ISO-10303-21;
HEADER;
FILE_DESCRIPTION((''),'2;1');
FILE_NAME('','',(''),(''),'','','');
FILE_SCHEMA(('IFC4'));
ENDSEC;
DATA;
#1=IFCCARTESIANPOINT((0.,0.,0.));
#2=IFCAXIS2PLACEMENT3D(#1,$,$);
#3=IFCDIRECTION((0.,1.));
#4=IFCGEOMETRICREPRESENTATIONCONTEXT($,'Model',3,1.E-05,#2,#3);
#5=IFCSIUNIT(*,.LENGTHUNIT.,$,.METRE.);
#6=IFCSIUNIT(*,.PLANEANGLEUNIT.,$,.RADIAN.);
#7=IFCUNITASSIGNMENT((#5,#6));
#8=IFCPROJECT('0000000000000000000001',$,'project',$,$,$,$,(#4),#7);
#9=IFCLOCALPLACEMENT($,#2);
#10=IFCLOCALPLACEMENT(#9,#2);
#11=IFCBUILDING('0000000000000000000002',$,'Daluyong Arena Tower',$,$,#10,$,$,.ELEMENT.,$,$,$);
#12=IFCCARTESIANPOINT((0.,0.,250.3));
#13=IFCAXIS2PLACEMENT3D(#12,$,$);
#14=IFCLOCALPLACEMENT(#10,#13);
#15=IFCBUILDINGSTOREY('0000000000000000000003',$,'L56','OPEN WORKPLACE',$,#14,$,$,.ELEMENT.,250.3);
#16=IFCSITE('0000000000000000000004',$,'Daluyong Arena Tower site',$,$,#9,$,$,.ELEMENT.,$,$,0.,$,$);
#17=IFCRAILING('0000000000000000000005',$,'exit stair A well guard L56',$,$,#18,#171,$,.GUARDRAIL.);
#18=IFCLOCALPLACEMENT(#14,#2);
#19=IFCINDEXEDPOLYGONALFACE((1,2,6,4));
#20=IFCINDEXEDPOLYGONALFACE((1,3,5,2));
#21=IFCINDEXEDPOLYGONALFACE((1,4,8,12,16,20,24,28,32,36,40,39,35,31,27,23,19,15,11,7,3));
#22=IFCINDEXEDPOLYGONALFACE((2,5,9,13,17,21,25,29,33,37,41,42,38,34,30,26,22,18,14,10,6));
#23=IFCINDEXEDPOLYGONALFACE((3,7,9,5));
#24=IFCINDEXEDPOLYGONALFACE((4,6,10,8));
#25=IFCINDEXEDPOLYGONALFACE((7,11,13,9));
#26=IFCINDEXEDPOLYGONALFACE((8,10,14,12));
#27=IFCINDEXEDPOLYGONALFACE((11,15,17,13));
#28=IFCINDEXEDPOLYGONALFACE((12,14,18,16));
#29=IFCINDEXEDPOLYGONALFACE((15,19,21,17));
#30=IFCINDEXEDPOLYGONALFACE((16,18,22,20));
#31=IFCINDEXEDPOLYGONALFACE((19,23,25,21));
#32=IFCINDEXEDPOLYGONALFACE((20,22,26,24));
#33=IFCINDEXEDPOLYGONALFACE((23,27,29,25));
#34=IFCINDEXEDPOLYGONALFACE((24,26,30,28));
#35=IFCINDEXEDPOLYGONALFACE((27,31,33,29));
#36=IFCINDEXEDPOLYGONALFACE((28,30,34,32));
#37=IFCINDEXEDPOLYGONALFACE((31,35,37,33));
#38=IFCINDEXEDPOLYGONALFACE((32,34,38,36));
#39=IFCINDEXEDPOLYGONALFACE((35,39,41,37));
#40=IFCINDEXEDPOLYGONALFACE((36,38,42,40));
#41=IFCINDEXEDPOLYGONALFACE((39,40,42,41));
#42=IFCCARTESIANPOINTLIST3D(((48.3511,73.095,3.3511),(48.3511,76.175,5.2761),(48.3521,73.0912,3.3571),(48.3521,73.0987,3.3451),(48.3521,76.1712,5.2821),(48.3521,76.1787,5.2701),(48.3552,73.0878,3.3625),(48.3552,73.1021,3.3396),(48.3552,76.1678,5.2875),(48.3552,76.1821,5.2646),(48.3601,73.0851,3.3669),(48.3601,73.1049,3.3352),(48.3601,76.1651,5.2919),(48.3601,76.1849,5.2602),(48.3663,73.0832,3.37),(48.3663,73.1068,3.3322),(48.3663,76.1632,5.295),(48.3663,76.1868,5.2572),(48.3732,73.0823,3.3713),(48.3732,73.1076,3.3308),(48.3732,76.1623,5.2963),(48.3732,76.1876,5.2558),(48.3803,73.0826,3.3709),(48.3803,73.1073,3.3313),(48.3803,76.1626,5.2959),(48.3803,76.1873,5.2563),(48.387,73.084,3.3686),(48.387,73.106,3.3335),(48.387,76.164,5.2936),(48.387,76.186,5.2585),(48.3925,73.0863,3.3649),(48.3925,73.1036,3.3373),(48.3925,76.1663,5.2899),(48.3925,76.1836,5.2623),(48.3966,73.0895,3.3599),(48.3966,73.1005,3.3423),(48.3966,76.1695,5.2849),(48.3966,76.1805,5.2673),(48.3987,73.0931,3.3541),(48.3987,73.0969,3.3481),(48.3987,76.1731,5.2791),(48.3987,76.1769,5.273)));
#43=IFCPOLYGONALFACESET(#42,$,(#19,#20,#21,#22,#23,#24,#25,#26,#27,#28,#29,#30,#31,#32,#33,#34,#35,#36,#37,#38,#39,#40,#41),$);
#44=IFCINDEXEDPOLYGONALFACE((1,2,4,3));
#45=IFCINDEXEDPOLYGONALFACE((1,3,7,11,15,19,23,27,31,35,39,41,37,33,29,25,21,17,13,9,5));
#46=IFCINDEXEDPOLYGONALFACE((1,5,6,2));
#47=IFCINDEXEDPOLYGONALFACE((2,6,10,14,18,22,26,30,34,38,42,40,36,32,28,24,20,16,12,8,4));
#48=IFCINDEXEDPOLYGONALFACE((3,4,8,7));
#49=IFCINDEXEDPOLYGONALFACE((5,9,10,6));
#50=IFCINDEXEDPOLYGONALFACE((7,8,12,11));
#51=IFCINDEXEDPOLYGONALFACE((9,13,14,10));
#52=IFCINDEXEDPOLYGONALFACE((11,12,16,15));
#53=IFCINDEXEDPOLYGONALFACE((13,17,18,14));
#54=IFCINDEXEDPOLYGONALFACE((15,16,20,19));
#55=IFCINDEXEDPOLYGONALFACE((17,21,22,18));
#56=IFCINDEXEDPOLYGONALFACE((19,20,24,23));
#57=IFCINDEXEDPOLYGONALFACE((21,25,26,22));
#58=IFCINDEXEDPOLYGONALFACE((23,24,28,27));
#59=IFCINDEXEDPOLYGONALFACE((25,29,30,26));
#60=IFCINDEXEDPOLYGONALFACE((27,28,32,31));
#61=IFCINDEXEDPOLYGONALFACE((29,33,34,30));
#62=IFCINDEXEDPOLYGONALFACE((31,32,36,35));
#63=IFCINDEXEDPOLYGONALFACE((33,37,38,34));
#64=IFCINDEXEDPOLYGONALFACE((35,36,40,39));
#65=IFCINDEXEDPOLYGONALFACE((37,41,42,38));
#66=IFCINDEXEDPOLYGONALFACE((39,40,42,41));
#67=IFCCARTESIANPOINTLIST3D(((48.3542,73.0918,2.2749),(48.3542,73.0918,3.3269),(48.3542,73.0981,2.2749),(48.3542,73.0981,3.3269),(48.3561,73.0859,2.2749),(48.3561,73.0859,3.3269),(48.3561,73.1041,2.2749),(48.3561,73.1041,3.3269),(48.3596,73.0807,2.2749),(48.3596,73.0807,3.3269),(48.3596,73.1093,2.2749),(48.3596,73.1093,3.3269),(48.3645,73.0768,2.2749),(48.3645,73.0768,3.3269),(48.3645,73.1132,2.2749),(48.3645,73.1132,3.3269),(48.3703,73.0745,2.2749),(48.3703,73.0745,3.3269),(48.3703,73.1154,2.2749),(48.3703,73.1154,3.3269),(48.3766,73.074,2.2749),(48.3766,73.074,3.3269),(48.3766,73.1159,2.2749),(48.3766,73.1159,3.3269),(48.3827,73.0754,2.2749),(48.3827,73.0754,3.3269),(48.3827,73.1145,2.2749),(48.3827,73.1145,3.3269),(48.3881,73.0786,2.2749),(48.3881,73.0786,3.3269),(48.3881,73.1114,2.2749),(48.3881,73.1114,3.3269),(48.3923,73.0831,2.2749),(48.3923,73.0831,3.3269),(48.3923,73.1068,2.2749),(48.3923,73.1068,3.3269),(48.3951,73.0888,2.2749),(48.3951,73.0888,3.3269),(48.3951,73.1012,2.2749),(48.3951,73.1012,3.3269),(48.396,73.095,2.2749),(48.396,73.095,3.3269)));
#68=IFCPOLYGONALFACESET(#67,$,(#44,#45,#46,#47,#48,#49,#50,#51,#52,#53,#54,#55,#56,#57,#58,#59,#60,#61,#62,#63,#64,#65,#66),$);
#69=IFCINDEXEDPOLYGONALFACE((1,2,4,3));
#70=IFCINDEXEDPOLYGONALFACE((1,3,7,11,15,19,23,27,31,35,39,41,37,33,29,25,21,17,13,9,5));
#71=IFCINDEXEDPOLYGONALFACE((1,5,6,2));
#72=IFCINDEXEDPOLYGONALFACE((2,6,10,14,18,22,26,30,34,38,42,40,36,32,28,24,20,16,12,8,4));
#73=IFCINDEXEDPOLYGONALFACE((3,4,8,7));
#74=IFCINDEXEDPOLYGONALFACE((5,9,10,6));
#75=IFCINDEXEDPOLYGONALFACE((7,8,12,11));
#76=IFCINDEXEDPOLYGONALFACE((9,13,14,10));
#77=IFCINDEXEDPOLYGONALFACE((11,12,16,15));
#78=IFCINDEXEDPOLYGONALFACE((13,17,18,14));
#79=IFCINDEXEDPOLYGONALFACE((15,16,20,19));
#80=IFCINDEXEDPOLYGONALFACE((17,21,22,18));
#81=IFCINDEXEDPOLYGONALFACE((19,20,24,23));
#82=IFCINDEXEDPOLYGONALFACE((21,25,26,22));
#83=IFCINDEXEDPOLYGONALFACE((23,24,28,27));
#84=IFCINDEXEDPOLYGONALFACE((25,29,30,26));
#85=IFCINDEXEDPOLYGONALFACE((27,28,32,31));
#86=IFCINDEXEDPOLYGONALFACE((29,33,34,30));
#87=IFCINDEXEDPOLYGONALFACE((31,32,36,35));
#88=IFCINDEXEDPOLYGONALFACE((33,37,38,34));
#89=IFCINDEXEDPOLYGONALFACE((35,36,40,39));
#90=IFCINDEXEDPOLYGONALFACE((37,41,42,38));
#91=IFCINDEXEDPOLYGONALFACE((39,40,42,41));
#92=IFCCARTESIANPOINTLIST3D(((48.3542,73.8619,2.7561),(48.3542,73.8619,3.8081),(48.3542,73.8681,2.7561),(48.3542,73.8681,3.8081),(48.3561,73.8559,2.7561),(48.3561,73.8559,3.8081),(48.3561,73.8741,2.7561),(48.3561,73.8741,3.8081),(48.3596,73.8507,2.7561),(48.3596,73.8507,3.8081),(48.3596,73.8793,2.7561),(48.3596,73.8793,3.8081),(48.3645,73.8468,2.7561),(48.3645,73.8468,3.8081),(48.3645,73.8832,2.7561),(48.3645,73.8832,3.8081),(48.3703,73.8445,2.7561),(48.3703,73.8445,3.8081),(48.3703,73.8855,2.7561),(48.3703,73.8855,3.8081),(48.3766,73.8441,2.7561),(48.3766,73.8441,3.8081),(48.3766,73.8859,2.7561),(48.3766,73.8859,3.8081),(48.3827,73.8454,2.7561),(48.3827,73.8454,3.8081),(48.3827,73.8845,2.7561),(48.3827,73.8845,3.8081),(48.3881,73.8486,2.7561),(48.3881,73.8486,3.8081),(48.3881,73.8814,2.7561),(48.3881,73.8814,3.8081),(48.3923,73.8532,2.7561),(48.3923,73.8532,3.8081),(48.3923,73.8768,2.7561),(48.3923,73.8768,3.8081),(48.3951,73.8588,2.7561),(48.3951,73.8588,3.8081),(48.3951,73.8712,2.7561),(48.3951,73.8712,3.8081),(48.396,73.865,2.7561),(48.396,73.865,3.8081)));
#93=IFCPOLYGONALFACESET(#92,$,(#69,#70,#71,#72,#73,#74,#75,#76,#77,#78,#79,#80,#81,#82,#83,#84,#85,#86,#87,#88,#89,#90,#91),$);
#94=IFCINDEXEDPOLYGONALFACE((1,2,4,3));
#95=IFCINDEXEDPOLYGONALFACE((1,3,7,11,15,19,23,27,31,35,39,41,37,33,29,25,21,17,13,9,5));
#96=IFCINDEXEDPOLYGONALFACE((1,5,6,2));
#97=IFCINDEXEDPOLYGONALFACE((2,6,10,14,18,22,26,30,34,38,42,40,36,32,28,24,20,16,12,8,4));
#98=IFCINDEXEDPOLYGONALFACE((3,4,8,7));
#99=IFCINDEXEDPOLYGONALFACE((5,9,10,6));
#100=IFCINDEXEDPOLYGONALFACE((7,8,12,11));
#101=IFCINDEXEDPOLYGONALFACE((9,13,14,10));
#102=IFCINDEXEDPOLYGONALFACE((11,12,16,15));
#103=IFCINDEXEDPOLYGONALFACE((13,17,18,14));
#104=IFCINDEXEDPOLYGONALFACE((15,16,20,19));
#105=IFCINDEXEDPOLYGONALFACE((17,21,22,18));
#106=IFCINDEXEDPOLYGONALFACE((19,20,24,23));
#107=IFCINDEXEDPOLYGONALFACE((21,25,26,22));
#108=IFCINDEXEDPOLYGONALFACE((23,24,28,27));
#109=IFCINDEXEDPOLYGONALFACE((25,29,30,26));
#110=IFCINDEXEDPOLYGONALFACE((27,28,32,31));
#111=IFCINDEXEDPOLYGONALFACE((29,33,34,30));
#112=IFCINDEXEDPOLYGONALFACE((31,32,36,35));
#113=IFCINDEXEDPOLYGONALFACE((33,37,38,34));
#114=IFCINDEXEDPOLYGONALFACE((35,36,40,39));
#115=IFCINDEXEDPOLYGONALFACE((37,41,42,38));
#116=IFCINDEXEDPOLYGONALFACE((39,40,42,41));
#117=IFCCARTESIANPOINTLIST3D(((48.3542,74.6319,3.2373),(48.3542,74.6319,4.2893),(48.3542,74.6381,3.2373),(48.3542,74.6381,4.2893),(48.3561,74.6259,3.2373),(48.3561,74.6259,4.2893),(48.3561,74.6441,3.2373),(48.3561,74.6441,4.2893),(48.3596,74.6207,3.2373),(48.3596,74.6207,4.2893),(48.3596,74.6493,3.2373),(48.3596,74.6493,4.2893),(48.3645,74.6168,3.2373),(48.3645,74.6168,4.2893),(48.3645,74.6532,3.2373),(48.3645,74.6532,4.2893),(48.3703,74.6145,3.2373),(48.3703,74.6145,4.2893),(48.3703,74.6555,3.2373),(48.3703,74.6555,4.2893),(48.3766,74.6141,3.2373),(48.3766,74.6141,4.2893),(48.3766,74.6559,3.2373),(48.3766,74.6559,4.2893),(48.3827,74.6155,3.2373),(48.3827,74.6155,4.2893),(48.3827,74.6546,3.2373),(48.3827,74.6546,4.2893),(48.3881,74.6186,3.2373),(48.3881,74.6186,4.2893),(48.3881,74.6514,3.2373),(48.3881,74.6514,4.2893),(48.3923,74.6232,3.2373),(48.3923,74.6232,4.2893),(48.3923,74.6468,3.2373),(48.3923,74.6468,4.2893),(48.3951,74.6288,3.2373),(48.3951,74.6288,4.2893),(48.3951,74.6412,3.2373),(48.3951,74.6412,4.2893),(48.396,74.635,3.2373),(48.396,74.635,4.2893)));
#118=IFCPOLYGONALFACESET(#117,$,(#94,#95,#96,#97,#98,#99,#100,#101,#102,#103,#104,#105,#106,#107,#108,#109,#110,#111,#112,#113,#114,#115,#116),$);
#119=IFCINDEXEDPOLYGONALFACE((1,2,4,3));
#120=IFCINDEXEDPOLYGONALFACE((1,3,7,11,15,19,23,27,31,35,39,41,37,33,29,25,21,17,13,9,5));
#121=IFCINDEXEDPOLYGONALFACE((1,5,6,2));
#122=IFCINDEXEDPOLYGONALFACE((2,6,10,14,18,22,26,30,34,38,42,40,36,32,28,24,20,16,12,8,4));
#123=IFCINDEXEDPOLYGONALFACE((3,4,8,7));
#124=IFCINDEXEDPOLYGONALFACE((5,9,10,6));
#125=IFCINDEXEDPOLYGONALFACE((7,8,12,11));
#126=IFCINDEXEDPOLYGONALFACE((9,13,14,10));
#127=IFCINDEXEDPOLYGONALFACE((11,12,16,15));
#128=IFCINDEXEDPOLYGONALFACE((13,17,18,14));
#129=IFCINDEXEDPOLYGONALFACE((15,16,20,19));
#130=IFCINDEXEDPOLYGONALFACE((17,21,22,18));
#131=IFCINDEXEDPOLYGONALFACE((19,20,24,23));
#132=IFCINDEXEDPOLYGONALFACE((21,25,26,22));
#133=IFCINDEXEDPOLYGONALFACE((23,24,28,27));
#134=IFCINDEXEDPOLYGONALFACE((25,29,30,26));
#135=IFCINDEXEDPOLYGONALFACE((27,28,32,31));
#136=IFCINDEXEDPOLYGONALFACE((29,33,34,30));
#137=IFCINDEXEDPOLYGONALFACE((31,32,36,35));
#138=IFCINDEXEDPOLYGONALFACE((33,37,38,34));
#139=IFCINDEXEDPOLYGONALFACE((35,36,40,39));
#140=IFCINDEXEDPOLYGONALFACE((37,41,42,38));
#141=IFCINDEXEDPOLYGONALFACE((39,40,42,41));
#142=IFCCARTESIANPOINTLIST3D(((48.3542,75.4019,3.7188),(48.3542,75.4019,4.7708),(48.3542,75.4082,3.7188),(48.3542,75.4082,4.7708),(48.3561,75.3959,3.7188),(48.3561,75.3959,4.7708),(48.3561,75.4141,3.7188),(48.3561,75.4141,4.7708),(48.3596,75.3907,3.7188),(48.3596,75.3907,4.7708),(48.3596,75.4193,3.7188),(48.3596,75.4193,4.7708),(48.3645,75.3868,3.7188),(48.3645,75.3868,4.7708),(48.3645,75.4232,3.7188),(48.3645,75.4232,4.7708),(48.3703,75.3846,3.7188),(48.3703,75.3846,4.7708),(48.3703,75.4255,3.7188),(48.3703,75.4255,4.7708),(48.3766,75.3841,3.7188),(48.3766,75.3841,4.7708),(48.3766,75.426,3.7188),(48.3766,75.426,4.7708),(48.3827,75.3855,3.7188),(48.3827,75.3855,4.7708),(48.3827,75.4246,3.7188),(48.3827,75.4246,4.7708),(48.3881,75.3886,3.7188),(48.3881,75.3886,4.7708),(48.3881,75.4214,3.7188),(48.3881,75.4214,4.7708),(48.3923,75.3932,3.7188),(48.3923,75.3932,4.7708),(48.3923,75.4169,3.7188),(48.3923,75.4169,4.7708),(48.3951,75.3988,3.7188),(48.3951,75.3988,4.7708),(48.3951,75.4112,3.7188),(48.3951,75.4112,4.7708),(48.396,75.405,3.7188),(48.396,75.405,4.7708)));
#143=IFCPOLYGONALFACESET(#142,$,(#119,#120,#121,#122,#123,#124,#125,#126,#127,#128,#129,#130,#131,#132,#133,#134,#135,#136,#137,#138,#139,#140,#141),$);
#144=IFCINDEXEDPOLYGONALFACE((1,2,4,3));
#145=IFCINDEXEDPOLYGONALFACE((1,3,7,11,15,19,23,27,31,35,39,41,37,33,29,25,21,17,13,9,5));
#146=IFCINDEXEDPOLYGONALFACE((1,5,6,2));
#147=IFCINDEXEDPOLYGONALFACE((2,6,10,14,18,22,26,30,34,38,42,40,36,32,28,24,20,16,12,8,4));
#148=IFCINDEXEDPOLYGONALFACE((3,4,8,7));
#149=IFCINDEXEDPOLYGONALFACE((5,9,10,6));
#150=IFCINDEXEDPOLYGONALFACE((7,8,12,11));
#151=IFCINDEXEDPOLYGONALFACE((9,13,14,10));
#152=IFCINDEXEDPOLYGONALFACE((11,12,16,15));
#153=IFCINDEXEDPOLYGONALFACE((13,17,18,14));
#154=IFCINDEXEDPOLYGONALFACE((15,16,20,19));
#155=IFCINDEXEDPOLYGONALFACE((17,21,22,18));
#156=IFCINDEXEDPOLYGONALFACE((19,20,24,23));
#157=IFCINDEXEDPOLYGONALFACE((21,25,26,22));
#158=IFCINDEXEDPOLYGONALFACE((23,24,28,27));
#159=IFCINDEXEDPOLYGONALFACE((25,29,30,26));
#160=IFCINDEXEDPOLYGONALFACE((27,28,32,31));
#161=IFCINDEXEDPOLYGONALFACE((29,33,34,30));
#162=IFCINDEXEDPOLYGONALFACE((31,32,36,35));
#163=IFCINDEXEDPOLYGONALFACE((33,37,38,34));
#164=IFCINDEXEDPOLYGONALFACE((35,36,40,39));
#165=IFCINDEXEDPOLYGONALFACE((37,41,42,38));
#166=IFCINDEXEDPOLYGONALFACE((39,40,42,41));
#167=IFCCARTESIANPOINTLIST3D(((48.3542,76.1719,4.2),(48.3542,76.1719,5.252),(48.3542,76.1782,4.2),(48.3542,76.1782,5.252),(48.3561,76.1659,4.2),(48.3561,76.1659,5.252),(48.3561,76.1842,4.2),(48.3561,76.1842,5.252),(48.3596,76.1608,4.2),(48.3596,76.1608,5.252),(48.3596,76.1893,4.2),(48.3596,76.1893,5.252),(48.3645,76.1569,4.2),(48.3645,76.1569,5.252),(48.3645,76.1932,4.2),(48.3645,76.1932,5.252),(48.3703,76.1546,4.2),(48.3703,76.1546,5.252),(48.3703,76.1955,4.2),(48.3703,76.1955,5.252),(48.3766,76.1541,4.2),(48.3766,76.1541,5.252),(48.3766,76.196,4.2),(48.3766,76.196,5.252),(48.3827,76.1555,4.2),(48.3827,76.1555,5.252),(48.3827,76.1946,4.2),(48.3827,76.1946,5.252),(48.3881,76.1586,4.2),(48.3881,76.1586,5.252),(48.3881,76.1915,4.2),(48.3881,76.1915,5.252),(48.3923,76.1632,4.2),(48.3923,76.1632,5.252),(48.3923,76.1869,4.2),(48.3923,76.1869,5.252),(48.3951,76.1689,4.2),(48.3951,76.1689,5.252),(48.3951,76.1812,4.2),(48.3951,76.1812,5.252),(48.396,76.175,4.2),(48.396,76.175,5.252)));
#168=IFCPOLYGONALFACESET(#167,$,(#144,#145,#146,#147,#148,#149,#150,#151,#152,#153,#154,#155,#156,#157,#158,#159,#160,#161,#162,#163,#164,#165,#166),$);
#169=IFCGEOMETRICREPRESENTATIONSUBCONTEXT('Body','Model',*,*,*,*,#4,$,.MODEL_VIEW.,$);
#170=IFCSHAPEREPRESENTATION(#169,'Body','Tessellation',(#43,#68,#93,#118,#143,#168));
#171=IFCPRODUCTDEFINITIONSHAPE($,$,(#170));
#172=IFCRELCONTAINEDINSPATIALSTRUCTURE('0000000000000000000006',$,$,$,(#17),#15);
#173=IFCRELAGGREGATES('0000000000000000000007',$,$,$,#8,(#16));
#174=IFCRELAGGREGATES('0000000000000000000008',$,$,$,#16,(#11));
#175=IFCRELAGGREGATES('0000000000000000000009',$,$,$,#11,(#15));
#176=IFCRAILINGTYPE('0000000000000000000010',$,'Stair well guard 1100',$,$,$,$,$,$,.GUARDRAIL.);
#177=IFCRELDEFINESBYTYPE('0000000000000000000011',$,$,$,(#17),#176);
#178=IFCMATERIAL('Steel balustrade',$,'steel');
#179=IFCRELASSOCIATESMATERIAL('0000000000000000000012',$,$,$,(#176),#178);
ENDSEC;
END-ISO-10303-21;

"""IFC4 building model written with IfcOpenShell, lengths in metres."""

from ifc_helpers import new_model, si_unit, direction, frame, origin, origin_2d, place, context, subcontext, project, spatial, circle, extrude, material, type_object, element, save


model = new_model("IFC4")

# Units and contexts
model_context = context("Model", 3, precision=1e-05, world=origin(), true_north=direction((0.0, 1.0)))
body_context = subcontext(model_context, "Body", "Model", "MODEL_VIEW")
ifc_project = project(units=[si_unit("LENGTHUNIT", "METRE"), si_unit("PLANEANGLEUNIT", "RADIAN")], contexts=[model_context])

# Site, building, storey
site_placement = place(None, origin())
site = spatial("IfcSite", under=ifc_project, at=site_placement, Name="Daluyong Arena Tower site", CompositionType="ELEMENT", RefElevation=0.0)
building_placement = place(site_placement, origin())
building = spatial("IfcBuilding", under=site, at=building_placement, Name="Daluyong Arena Tower", CompositionType="ELEMENT")
storey_placement = place(building_placement, frame((0.0, 0.0, 250.3)))
storey = spatial("IfcBuildingStorey", under=building, at=storey_placement, Name="L56", Description="OPEN WORKPLACE", CompositionType="ELEMENT", Elevation=250.3)

# Railing
ifc_material_1 = material(Name="Steel balustrade", Category="steel")
railing_type_1 = type_object("IfcRailingType", Name="Stair well guard 1100", PredefinedType="GUARDRAIL", material=ifc_material_1)
railing_1_placement = place(storey_placement, frame((48.375, 73.095, 2.2749)))
element("IfcRailing", 1, at=railing_1_placement, inside=storey, type_object=railing_type_1, Name="exit stair A well guard L56", PredefinedType="GUARDRAIL", context=body_context, shape_type="SweptSolid", body=[
    extrude(circle(Radius=0.0239, at=origin_2d()), frame((0.0, 0.0, 1.0762), z_axis=(0.0, 0.847998, 0.529999), x_axis=(-1.0, 0.0, 0.0)), (0.0, 0.0, 1.0), 3.6321),
    extrude(circle(Radius=0.021, at=origin_2d()), origin(), (0.0, 0.0, 1.0), 1.052),
    extrude(circle(Radius=0.021, at=origin_2d()), frame((0.0, 0.77, 0.4812)), (0.0, 0.0, 1.0), 1.052),
    extrude(circle(Radius=0.021, at=origin_2d()), frame((0.0, 1.54, 0.9624)), (0.0, 0.0, 1.0), 1.052),
    extrude(circle(Radius=0.021, at=origin_2d()), frame((0.0, 2.3101, 1.4438)), (0.0, 0.0, 1.0), 1.052),
    extrude(circle(Radius=0.021, at=origin_2d()), frame((0.0, 3.0801, 1.925)), (0.0, 0.0, 1.0), 1.052),
])

save(model, "model.ifc")
